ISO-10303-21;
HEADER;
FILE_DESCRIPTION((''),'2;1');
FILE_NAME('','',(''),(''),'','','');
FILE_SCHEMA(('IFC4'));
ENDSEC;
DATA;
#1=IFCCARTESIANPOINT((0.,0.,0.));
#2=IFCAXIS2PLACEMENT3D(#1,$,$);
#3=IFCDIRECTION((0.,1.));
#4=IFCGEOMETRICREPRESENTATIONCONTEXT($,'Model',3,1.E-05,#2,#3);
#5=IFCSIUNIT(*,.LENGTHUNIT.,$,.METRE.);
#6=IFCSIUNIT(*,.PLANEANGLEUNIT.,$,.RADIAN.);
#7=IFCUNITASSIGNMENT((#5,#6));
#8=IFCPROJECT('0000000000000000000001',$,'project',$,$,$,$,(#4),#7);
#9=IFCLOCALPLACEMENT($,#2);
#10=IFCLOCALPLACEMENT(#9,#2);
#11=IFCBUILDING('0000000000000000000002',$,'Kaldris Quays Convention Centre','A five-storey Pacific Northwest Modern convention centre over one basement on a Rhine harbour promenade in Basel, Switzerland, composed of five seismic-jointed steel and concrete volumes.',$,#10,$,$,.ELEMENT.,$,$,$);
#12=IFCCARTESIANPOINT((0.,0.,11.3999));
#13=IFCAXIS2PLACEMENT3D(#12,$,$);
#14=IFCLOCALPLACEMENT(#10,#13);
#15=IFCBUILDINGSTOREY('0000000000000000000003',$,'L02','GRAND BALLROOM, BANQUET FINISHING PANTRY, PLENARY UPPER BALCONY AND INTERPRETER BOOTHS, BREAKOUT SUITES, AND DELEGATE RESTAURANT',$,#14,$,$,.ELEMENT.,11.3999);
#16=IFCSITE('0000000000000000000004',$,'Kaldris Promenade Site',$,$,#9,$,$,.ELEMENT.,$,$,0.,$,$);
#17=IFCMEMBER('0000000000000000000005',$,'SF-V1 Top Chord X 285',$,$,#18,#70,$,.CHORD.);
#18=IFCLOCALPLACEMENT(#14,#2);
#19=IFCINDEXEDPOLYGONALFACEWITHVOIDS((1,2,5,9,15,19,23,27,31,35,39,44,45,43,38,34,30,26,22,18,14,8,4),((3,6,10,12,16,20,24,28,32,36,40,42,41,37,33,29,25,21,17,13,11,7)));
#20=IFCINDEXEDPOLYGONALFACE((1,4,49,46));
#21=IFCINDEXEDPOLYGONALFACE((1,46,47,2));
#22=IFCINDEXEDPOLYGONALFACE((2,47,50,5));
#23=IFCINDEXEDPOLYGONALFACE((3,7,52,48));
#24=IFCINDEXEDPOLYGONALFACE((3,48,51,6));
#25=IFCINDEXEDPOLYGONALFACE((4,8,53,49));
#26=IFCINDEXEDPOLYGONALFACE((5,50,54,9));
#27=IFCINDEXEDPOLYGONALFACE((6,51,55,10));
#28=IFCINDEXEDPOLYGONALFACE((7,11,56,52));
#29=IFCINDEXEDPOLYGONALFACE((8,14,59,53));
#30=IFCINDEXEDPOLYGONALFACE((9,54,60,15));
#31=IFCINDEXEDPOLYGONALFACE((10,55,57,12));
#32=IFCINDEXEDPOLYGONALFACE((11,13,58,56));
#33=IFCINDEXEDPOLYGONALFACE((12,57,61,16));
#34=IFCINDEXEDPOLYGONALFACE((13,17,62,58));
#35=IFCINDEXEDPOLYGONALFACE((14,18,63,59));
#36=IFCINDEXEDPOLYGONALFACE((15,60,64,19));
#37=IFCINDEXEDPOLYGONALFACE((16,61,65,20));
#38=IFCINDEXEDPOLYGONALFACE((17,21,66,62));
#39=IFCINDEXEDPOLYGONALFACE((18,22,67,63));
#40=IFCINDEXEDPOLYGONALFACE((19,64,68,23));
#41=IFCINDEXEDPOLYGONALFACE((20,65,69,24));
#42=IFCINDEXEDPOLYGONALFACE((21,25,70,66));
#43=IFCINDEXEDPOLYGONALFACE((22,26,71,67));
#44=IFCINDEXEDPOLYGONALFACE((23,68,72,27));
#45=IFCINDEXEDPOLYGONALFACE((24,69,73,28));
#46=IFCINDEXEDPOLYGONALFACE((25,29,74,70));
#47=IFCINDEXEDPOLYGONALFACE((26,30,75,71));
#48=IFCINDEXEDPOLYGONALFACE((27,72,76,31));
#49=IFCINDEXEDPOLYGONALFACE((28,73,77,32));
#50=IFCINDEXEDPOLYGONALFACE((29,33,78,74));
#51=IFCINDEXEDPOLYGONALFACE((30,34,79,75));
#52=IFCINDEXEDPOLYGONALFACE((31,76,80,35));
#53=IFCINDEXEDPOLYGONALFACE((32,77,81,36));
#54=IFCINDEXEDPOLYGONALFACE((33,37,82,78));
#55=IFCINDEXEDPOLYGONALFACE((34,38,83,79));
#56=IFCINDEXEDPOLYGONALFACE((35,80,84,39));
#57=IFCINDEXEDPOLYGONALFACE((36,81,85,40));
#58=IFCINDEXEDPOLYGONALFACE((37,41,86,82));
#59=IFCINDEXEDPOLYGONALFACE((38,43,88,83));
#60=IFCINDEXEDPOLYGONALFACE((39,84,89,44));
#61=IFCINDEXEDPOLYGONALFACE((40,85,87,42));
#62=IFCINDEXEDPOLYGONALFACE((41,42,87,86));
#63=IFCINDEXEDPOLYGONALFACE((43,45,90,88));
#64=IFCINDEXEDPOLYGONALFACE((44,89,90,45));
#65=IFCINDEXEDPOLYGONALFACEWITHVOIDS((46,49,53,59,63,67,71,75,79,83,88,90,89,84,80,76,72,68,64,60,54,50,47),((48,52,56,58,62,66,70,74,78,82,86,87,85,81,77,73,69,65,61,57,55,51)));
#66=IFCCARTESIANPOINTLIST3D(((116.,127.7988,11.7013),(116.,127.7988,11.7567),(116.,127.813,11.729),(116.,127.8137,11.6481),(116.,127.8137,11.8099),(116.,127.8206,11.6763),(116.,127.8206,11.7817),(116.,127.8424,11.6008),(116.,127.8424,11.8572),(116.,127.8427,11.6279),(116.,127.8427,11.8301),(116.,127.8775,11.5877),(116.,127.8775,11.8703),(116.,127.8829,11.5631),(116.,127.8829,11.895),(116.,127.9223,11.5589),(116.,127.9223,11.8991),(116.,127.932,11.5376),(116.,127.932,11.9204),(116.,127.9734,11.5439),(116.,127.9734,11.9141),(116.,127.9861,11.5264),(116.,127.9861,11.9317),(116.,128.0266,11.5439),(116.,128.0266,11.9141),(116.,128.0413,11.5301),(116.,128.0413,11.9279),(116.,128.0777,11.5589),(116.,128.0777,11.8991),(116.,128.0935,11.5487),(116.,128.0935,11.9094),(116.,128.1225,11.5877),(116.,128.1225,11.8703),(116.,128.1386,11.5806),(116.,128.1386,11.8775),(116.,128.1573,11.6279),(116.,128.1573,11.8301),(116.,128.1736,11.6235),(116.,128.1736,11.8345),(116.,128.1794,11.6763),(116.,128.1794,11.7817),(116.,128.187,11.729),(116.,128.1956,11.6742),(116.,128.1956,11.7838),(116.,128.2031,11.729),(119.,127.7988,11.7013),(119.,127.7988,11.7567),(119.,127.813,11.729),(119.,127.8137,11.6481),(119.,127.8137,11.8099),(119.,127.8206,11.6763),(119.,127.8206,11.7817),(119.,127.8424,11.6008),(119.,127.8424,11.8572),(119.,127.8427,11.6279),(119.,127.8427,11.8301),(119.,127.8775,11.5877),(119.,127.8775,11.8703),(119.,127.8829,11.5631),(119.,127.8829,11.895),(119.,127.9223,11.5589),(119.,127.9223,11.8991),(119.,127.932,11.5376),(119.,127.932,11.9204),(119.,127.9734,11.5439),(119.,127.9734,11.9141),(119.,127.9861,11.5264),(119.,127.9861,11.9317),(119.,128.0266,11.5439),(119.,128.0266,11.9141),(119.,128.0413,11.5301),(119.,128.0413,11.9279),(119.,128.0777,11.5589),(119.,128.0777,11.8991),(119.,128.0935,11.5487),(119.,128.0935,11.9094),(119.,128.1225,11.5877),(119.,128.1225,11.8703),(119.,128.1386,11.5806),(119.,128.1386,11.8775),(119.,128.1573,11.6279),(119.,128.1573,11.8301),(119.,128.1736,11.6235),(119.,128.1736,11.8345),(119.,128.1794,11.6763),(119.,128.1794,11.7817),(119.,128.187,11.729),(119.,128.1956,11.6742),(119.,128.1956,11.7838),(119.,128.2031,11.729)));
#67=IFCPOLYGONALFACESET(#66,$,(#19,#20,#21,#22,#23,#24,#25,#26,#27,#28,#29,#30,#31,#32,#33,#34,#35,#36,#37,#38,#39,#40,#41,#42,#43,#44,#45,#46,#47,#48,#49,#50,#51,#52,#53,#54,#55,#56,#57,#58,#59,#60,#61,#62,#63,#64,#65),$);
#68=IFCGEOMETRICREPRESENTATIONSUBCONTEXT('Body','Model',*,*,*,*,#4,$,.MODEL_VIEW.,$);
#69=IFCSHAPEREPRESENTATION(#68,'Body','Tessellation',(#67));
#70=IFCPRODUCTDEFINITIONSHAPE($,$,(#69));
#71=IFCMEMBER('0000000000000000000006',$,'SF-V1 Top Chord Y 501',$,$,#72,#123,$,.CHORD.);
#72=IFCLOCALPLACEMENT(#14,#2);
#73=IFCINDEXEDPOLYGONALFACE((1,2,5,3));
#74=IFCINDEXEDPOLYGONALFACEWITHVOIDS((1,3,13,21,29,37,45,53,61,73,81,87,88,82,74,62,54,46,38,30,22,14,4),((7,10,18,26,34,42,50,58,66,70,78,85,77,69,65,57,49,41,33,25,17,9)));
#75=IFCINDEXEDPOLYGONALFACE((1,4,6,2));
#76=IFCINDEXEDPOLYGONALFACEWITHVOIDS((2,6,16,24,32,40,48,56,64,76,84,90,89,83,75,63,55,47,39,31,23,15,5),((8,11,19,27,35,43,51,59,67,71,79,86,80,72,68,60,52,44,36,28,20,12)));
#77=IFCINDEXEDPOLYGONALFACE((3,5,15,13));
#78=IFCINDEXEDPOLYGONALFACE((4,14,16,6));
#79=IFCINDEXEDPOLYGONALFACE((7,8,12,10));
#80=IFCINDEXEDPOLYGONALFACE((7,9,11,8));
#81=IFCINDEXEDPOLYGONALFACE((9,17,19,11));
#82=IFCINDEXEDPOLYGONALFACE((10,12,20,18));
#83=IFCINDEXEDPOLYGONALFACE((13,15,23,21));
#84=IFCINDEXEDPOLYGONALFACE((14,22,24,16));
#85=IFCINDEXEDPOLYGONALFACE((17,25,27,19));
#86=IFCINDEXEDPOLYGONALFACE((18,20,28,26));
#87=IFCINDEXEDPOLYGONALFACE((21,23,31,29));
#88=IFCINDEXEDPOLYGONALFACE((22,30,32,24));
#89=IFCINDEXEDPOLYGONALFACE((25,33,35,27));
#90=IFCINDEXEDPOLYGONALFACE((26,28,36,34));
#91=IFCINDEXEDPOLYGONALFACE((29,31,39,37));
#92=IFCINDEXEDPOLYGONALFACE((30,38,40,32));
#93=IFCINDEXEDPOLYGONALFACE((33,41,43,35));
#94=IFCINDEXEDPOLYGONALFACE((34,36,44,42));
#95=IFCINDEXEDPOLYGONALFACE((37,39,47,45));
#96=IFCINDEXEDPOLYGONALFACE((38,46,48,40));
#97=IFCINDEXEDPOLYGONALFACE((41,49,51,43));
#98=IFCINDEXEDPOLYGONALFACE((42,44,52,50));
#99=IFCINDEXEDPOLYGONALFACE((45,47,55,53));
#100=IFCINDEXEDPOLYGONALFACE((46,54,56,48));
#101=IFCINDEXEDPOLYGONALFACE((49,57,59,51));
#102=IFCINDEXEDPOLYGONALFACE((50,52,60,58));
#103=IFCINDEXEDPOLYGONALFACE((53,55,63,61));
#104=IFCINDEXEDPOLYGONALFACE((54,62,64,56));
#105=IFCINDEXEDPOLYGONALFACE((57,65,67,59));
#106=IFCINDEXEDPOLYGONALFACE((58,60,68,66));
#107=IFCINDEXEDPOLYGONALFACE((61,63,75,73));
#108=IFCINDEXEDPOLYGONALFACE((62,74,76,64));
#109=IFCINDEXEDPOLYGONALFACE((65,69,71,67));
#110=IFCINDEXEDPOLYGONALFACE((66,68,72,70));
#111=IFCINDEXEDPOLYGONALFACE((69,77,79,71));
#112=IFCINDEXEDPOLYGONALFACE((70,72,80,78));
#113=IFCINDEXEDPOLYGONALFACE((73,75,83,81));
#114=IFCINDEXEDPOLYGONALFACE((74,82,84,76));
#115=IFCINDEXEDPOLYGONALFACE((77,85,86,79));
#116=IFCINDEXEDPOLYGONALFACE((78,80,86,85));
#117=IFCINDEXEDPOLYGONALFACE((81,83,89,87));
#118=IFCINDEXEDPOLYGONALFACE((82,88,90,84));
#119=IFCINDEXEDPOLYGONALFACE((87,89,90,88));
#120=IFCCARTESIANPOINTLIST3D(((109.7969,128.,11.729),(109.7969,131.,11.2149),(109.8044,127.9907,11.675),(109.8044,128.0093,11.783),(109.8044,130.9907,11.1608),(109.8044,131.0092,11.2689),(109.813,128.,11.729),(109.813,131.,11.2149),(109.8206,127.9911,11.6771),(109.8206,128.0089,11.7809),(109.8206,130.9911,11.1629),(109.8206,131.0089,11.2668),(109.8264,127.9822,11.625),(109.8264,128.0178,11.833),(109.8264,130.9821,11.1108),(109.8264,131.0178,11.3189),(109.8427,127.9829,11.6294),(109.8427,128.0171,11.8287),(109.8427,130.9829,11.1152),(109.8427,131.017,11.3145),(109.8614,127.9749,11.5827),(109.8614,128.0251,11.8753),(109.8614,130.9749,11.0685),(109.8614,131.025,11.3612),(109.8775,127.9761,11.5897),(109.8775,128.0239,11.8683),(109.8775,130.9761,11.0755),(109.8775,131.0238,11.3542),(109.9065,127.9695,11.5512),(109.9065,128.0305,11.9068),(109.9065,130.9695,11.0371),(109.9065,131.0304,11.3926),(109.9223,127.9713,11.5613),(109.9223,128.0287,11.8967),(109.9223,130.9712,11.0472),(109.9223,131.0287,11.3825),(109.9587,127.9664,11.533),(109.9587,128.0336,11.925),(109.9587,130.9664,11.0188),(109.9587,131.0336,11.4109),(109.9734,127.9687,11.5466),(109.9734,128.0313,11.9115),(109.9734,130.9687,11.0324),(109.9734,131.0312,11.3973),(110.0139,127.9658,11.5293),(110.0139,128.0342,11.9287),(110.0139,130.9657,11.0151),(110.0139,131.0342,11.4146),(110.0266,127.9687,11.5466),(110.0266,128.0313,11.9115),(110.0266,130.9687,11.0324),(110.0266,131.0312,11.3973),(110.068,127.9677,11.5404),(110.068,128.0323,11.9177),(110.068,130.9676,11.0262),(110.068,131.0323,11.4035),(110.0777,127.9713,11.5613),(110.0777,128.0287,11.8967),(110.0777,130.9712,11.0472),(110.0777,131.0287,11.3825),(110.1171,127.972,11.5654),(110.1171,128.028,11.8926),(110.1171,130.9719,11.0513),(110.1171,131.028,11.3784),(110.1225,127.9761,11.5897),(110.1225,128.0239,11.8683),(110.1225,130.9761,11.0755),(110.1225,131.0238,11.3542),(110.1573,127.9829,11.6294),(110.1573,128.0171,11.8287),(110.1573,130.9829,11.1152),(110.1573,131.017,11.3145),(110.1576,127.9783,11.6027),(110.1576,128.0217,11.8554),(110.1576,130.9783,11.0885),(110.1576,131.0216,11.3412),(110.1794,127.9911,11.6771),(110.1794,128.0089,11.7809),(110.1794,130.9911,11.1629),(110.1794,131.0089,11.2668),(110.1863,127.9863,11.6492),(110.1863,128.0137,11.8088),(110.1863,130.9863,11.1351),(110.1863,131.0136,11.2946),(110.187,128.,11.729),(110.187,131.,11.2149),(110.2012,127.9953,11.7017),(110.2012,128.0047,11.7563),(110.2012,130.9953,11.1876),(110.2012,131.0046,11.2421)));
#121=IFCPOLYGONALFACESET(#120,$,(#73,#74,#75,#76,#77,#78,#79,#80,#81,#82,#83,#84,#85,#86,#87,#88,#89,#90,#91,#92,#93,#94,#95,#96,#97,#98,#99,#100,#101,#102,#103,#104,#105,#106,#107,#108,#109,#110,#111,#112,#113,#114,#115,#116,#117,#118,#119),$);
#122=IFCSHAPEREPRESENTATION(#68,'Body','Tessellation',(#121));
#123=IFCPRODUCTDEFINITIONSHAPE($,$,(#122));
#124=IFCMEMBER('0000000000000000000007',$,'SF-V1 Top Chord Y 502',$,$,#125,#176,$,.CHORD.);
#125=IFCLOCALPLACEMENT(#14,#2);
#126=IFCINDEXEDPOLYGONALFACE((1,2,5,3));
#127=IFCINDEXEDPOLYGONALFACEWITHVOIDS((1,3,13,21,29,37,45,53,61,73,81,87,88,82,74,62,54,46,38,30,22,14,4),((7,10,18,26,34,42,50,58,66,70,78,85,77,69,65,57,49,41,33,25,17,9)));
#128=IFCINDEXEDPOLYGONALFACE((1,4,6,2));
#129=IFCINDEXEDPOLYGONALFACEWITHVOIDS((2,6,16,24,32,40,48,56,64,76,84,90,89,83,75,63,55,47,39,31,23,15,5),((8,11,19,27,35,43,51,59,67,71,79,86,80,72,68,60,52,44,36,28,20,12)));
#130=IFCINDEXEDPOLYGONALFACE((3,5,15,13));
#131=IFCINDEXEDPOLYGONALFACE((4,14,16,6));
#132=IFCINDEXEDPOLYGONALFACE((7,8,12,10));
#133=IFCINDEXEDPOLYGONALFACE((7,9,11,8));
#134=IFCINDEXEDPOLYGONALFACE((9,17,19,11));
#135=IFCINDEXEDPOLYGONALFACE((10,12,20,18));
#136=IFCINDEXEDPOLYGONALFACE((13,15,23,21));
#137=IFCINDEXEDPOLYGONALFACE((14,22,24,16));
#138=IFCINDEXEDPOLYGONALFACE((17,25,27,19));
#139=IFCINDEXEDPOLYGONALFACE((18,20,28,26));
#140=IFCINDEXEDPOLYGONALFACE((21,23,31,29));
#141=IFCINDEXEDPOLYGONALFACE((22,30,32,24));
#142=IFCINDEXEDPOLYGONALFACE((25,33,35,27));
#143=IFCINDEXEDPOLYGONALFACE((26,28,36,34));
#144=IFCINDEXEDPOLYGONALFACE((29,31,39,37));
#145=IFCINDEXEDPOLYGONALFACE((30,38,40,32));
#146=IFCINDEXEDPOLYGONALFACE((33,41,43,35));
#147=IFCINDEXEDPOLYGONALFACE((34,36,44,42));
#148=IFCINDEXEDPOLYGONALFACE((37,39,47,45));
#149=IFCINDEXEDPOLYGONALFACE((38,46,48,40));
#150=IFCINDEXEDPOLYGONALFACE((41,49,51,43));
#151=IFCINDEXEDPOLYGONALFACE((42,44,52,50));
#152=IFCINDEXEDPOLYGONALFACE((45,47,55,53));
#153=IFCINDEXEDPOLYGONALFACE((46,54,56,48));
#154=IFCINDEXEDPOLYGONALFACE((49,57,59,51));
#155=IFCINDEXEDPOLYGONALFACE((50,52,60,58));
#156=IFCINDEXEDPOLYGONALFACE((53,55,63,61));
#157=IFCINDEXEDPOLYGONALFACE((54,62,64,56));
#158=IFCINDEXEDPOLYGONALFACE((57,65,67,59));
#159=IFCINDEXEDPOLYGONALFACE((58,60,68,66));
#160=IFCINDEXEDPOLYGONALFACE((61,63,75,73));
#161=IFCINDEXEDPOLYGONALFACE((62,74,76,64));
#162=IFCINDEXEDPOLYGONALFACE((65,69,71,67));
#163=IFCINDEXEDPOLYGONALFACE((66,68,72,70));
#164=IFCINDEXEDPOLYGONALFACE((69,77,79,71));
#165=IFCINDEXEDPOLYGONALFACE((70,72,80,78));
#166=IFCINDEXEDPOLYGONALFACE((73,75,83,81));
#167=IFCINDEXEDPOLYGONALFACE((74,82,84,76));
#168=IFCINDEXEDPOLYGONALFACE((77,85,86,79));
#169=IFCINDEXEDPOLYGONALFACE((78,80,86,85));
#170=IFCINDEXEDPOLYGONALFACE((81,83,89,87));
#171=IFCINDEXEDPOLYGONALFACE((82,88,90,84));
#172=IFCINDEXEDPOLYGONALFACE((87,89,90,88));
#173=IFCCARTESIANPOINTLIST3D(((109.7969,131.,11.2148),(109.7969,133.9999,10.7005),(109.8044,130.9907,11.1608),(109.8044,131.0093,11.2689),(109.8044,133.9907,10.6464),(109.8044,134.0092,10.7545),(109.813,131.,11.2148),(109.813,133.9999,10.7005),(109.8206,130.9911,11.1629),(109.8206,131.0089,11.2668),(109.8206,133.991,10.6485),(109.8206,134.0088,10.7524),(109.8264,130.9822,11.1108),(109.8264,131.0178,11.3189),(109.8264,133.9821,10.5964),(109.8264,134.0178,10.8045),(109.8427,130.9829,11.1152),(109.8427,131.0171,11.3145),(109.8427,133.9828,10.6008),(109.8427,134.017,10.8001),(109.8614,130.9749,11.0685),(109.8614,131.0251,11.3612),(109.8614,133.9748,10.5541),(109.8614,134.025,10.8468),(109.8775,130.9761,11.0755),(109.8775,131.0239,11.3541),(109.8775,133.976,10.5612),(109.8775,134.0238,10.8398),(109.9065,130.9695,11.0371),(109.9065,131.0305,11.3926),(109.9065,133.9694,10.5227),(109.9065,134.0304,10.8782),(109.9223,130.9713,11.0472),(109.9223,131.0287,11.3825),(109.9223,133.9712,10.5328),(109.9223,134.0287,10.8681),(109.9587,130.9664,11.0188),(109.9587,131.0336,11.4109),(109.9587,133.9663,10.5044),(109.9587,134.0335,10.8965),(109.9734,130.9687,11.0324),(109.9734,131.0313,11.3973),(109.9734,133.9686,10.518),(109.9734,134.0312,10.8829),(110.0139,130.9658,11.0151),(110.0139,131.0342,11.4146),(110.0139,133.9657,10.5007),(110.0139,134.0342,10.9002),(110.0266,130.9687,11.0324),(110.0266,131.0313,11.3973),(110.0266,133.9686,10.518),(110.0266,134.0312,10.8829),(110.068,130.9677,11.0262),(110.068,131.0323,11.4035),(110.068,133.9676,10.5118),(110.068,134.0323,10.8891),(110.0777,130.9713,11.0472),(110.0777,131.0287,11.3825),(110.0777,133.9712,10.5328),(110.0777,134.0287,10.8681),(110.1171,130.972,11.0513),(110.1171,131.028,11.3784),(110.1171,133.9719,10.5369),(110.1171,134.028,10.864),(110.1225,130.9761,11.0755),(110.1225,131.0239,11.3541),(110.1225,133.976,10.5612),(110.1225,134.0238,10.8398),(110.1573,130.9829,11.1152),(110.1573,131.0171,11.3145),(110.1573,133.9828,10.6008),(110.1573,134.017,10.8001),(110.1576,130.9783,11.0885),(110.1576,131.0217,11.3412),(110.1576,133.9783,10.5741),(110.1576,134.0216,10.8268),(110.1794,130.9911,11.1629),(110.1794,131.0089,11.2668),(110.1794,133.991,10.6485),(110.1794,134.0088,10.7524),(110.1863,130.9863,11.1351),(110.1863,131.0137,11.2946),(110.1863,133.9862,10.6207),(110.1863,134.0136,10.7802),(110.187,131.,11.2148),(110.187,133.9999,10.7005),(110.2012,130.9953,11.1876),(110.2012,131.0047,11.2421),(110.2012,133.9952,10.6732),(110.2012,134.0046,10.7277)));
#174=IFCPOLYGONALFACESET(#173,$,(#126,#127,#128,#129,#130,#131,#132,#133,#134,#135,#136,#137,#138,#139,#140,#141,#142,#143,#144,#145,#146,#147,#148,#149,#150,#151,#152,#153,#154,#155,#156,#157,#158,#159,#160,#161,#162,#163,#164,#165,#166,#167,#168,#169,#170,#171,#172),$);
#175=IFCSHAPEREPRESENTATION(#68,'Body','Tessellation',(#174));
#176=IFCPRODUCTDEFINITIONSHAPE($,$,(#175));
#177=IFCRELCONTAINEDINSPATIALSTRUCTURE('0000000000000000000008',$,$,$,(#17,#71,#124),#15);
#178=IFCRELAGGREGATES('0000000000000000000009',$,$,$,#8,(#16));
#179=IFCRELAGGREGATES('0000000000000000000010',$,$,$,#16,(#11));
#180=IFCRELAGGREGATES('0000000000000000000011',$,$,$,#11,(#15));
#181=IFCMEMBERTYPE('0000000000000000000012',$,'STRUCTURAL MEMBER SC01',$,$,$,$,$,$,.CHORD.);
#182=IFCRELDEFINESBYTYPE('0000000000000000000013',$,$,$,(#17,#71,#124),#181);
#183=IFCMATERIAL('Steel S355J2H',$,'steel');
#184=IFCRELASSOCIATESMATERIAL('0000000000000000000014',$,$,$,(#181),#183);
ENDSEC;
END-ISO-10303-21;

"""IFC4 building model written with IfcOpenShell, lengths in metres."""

from ifc_helpers import new_model, si_unit, direction, frame, origin, origin_2d, place, context, subcontext, project, spatial, hollow_circle, extrude, material, material_profile, profile_set, type_object, element, save


model = new_model("IFC4")

# Units and contexts
model_context = context("Model", 3, precision=1e-05, world=origin(), true_north=direction((0.0, 1.0)))
body_context = subcontext(model_context, "Body", "Model", "MODEL_VIEW")
ifc_project = project(units=[si_unit("LENGTHUNIT", "METRE"), si_unit("PLANEANGLEUNIT", "RADIAN")], contexts=[model_context])

# Site, building, storey
site_placement = place(None, origin())
site = spatial("IfcSite", under=ifc_project, at=site_placement, Name="Kaldris Promenade Site", CompositionType="ELEMENT", RefElevation=0.0)
building_placement = place(site_placement, origin())
building = spatial("IfcBuilding", under=site, at=building_placement, Name="Kaldris Quays Convention Centre", Description="A five-storey Pacific Northwest Modern convention centre over one basement on a Rhine harbour promenade in Basel, Switzerland, composed of five seismic-jointed steel and concrete volumes.", CompositionType="ELEMENT")
storey_placement = place(building_placement, frame((0.0, 0.0, 11.3999)))
storey = spatial("IfcBuildingStorey", under=building, at=storey_placement, Name="L02", Description="GRAND BALLROOM, BANQUET FINISHING PANTRY, PLENARY UPPER BALCONY AND INTERPRETER BOOTHS, BREAKOUT SUITES, AND DELEGATE RESTAURANT", CompositionType="ELEMENT", Elevation=11.3999)

# Members
ifc_material_1 = material(Name="Steel S355J2H", Category="steel")
ifc_material_profile_1 = material_profile(ifc_material_1, hollow_circle(Radius=0.2031, WallThickness=0.0161, at=origin_2d()), Name="CHS 406.4x16")
ifc_profile_set_1 = profile_set([ifc_material_profile_1], Name="Steel S355J2H")
member_type_1 = type_object("IfcMemberType", Name="STRUCTURAL MEMBER SC01", PredefinedType="CHORD", material=ifc_profile_set_1)
for number, where, z_axis, x_axis, name in (
    (1, (116.0, 128.0, 11.729), (1.0, 0.0, 0.0), (0.0, 1.0, 0.0), "SF-V1 Top Chord X 285"),
):
    element("IfcMember", number, at=place(storey_placement, frame(where, z_axis=z_axis, x_axis=x_axis)), inside=storey, type_object=member_type_1, Name=name, PredefinedType="CHORD", context=body_context, shape_type="SweptSolid", body=[
        extrude(hollow_circle(Radius=0.2031, WallThickness=0.0161, at=origin_2d()), origin(), (0.0, 0.0, 1.0), 3.0),
    ])
for number, where, z_axis, x_axis, name in (
    (2, (110.0, 128.0, 11.729), (0.0, 0.985629, -0.168924), (-1.0, 0.0, 0.0), "SF-V1 Top Chord Y 501"),
    (3, (110.0, 131.0, 11.2148), (0.0, 0.985616, -0.169002), (-1.0, 0.0, 0.0), "SF-V1 Top Chord Y 502"),
):
    element("IfcMember", number, at=place(storey_placement, frame(where, z_axis=z_axis, x_axis=x_axis)), inside=storey, type_object=member_type_1, Name=name, PredefinedType="CHORD", context=body_context, shape_type="SweptSolid", body=[
        extrude(hollow_circle(Radius=0.2031, WallThickness=0.0161, at=origin_2d()), origin(), (0.0, 0.0, 1.0), 3.0437),
    ])

save(model, "model.ifc")
